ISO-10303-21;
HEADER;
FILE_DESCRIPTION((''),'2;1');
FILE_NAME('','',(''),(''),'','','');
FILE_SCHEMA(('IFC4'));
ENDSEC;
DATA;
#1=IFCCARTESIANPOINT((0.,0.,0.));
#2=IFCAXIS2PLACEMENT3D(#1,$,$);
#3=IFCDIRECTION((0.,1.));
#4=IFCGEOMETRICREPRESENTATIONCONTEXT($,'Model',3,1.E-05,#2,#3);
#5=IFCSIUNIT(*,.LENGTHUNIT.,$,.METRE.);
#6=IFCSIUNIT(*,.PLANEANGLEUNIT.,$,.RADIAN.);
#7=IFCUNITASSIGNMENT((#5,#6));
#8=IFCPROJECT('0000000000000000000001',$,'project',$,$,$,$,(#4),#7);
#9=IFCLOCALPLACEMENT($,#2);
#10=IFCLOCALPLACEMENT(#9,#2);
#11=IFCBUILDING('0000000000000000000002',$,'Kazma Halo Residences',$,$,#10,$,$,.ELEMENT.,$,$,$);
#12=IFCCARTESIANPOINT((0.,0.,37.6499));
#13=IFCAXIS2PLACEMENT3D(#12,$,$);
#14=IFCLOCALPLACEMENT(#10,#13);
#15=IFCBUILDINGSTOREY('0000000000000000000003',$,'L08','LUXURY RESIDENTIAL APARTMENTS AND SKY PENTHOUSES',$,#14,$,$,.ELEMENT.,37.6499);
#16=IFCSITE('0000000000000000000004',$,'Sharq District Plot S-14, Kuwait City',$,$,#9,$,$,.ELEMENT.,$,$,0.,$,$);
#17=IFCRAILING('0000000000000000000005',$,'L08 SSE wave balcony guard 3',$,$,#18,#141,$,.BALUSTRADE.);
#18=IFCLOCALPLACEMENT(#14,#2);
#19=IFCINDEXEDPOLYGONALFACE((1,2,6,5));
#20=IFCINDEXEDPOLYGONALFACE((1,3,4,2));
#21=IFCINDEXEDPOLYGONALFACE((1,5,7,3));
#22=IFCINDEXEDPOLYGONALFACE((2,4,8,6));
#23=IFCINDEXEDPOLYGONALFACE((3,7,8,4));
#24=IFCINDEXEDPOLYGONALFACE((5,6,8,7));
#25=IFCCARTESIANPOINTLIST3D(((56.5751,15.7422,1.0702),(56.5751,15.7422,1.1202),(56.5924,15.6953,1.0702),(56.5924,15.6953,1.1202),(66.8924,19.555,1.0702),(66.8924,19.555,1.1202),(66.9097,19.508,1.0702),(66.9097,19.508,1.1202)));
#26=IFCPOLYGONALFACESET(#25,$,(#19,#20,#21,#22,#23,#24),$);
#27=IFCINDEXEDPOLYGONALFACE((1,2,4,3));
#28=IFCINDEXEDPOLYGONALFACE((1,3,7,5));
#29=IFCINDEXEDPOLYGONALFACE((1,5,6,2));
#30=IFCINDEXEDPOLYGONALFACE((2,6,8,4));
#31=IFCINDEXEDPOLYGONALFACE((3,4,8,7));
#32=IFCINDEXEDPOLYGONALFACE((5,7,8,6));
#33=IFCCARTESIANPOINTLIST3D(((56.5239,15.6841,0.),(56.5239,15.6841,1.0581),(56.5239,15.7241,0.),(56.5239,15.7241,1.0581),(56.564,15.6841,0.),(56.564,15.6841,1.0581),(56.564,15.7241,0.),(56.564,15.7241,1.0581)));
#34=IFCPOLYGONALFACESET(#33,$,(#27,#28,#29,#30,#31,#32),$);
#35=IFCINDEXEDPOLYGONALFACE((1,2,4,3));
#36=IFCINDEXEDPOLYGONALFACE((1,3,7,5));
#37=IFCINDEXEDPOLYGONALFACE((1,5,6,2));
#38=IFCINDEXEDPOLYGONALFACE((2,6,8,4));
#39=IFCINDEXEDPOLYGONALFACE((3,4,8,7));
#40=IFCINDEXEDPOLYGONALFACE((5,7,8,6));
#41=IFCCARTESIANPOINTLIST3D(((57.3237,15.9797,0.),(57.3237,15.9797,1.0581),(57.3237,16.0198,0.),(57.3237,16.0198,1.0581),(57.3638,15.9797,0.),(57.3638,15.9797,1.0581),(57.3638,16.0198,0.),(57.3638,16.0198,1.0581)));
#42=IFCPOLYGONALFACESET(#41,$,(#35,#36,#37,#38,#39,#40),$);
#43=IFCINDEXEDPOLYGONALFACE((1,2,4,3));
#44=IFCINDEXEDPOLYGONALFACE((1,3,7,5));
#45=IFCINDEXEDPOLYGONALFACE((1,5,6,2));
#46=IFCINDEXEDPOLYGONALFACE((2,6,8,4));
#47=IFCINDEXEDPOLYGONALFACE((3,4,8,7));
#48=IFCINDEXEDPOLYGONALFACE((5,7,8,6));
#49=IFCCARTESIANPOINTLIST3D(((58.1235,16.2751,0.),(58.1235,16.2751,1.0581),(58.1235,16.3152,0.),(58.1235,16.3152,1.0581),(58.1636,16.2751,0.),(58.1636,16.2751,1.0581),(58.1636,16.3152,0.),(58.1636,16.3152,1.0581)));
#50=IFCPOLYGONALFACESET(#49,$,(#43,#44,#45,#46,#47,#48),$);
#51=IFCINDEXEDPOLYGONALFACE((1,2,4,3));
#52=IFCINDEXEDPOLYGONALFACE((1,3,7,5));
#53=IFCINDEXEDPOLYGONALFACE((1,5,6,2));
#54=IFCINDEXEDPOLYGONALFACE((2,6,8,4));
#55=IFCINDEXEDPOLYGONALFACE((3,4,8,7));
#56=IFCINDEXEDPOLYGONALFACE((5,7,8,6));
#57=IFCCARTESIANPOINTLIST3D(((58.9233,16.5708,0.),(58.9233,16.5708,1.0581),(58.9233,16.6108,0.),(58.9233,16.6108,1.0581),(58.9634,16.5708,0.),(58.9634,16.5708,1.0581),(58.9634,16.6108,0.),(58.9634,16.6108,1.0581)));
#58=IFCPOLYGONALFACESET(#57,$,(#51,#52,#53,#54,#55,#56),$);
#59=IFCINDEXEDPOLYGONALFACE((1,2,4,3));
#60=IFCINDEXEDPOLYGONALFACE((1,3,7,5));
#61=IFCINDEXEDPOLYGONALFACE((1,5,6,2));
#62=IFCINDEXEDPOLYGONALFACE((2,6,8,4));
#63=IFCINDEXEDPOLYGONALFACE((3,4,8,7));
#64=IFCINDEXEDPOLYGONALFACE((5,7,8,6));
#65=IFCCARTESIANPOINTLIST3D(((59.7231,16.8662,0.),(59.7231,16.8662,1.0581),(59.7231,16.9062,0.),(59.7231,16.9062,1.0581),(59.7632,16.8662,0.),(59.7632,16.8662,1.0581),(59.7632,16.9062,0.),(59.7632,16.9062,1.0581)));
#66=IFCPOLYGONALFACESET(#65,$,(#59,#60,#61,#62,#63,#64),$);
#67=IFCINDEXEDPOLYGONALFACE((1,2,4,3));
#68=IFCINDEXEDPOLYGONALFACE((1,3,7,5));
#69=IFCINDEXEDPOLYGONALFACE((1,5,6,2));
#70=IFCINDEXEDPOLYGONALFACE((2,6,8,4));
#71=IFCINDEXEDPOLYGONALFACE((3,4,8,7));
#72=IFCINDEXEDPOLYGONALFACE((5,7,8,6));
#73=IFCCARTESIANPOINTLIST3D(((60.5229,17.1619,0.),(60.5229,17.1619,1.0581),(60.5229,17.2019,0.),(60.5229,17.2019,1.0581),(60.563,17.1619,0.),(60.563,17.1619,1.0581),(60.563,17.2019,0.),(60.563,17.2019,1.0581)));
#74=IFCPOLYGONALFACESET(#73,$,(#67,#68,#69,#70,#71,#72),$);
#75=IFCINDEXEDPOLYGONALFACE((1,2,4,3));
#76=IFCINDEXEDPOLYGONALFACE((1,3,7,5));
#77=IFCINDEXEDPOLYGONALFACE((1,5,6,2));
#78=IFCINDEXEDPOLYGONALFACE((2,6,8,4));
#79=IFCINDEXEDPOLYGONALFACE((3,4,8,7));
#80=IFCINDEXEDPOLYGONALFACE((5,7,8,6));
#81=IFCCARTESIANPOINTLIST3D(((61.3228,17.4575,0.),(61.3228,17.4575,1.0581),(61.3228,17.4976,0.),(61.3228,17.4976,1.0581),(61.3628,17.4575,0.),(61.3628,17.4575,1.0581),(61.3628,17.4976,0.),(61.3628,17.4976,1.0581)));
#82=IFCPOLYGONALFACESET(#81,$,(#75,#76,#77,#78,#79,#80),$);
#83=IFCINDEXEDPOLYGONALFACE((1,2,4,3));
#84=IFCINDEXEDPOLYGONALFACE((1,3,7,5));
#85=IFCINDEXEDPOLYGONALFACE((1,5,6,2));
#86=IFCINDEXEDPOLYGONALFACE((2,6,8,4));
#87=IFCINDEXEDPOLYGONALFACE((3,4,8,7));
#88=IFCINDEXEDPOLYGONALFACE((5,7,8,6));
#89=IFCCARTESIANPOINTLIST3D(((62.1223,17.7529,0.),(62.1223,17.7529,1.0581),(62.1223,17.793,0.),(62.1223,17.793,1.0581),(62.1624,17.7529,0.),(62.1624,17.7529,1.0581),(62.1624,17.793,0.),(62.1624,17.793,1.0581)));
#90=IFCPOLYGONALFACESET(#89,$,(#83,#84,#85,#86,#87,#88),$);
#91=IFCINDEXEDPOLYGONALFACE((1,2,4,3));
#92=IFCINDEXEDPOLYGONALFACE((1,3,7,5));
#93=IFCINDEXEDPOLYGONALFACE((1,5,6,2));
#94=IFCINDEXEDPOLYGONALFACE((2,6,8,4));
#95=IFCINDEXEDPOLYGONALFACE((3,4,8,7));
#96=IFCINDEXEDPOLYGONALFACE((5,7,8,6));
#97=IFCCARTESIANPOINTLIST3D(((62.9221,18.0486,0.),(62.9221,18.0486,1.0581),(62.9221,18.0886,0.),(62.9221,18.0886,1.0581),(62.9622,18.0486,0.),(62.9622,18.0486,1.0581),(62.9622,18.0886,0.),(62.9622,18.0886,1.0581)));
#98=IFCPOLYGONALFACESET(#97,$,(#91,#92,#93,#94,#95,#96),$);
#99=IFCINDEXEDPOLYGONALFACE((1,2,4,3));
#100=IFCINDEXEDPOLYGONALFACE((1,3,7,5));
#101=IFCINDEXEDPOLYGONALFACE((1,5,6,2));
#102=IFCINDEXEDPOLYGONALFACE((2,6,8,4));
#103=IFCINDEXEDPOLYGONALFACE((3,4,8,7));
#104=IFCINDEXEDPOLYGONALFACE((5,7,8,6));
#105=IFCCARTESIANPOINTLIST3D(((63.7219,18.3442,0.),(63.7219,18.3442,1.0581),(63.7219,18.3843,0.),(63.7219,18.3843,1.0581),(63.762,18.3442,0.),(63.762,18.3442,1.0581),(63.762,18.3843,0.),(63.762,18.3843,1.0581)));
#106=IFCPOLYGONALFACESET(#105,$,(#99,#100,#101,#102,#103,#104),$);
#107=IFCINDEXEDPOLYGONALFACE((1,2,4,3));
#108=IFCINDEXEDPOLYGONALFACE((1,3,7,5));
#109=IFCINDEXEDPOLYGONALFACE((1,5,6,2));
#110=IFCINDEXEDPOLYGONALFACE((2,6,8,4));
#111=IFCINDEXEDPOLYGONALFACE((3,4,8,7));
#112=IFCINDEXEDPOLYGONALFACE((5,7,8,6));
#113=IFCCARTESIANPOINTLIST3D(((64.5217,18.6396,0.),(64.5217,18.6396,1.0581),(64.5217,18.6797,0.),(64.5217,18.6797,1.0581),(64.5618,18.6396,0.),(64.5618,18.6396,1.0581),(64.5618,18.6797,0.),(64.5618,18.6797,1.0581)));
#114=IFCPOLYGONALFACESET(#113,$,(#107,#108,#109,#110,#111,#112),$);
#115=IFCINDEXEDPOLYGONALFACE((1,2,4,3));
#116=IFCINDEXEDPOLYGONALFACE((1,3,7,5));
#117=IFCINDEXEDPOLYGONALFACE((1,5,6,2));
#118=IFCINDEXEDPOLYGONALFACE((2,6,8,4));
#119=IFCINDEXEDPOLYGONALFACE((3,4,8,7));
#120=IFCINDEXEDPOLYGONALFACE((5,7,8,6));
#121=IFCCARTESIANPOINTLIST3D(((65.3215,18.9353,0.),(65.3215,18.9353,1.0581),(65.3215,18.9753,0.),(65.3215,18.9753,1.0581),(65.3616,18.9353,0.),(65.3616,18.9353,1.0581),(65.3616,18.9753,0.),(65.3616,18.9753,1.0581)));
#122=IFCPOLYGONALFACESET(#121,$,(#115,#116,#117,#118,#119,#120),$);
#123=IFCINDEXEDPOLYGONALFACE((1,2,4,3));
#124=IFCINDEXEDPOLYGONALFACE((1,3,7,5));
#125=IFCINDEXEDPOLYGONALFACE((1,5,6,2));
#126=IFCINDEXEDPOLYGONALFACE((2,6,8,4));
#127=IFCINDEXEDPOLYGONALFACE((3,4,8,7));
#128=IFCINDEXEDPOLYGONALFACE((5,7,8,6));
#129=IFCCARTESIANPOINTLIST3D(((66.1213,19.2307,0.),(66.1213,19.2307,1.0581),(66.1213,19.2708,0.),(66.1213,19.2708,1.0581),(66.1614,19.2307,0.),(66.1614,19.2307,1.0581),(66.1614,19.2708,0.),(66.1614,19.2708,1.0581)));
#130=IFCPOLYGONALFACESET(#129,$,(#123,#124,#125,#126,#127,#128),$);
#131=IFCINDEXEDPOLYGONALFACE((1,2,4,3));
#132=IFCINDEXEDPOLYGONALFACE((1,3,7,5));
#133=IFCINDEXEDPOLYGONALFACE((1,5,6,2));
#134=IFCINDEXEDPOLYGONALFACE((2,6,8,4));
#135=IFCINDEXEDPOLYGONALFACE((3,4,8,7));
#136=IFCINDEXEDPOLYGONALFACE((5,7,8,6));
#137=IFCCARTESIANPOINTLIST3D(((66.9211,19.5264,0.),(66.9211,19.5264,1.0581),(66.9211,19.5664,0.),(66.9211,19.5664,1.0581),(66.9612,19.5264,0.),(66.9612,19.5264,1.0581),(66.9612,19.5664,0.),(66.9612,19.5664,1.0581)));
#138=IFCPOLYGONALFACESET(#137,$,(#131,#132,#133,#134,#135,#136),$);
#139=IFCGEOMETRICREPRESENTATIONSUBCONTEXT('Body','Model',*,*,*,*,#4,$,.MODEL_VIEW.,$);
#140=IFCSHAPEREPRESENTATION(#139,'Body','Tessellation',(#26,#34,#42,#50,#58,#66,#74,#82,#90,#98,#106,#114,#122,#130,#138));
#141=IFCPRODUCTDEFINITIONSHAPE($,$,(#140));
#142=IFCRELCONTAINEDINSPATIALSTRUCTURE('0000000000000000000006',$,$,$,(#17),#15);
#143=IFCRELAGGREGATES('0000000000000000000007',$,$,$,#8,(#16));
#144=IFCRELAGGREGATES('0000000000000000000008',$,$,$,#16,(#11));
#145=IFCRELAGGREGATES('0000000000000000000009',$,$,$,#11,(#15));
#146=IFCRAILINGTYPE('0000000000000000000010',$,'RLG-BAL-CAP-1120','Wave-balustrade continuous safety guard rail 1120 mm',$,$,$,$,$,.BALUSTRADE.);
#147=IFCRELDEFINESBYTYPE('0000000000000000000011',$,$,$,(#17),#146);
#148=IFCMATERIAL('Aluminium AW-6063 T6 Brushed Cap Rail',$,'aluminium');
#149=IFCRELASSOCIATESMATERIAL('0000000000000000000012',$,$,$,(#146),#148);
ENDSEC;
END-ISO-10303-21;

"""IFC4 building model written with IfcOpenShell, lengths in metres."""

from ifc_helpers import new_model, si_unit, direction, frame, origin, origin_2d, place, context, subcontext, project, spatial, rectangle, extrude, material, type_object, element, save


model = new_model("IFC4")

# Units and contexts
model_context = context("Model", 3, precision=1e-05, world=origin(), true_north=direction((0.0, 1.0)))
body_context = subcontext(model_context, "Body", "Model", "MODEL_VIEW")
ifc_project = project(units=[si_unit("LENGTHUNIT", "METRE"), si_unit("PLANEANGLEUNIT", "RADIAN")], contexts=[model_context])

# Site, building, storey
site_placement = place(None, origin())
site = spatial("IfcSite", under=ifc_project, at=site_placement, Name="Sharq District Plot S-14, Kuwait City", CompositionType="ELEMENT", RefElevation=0.0)
building_placement = place(site_placement, origin())
building = spatial("IfcBuilding", under=site, at=building_placement, Name="Kazma Halo Residences", CompositionType="ELEMENT")
storey_placement = place(building_placement, frame((0.0, 0.0, 37.6499)))
storey = spatial("IfcBuildingStorey", under=building, at=storey_placement, Name="L08", Description="LUXURY RESIDENTIAL APARTMENTS AND SKY PENTHOUSES", CompositionType="ELEMENT", Elevation=37.6499)

# Railing
ifc_material_1 = material(Name="Aluminium AW-6063 T6 Brushed Cap Rail", Category="aluminium")
railing_type = type_object("IfcRailingType", Name="RLG-BAL-CAP-1120", Description="Wave-balustrade continuous safety guard rail 1120 mm", PredefinedType="BALUSTRADE", material=ifc_material_1)
railing_placement = place(storey_placement, frame((56.5439, 15.7041, 0.0)))
element("IfcRailing", 1, at=railing_placement, inside=storey, type_object=railing_type, Name="L08 SSE wave balcony guard 3", PredefinedType="BALUSTRADE", context=body_context, shape_type="SweptSolid", body=[
    extrude(rectangle(XDim=0.05, YDim=0.05, at=origin_2d()), frame((0.0398, 0.0146, 1.0952), z_axis=(0.937999, 0.346637, 0.0), x_axis=(-0.346637, 0.937999, 0.0)), (0.0, 0.0, 1.0), 10.9993),
    extrude(rectangle(XDim=0.04, YDim=0.04, at=origin_2d()), origin(), (0.0, 0.0, 1.0), 1.0581),
    extrude(rectangle(XDim=0.04, YDim=0.04, at=origin_2d()), frame((0.7998, 0.2957, 0.0)), (0.0, 0.0, 1.0), 1.0581),
    extrude(rectangle(XDim=0.04, YDim=0.04, at=origin_2d()), frame((1.5996, 0.5911, 0.0)), (0.0, 0.0, 1.0), 1.0581),
    extrude(rectangle(XDim=0.04, YDim=0.04, at=origin_2d()), frame((2.3994, 0.8867, 0.0)), (0.0, 0.0, 1.0), 1.0581),
    extrude(rectangle(XDim=0.04, YDim=0.04, at=origin_2d()), frame((3.1992, 1.1821, 0.0)), (0.0, 0.0, 1.0), 1.0581),
    extrude(rectangle(XDim=0.04, YDim=0.04, at=origin_2d()), frame((3.999, 1.4778, 0.0)), (0.0, 0.0, 1.0), 1.0581),
    extrude(rectangle(XDim=0.04, YDim=0.04, at=origin_2d()), frame((4.7988, 1.7734, 0.0)), (0.0, 0.0, 1.0), 1.0581),
    extrude(rectangle(XDim=0.04, YDim=0.04, at=origin_2d()), frame((5.5984, 2.0688, 0.0)), (0.0, 0.0, 1.0), 1.0581),
    extrude(rectangle(XDim=0.04, YDim=0.04, at=origin_2d()), frame((6.3982, 2.3645, 0.0)), (0.0, 0.0, 1.0), 1.0581),
    extrude(rectangle(XDim=0.04, YDim=0.04, at=origin_2d()), frame((7.198, 2.6602, 0.0)), (0.0, 0.0, 1.0), 1.0581),
    extrude(rectangle(XDim=0.04, YDim=0.04, at=origin_2d()), frame((7.9978, 2.9556, 0.0)), (0.0, 0.0, 1.0), 1.0581),
    extrude(rectangle(XDim=0.04, YDim=0.04, at=origin_2d()), frame((8.7976, 3.2512, 0.0)), (0.0, 0.0, 1.0), 1.0581),
    extrude(rectangle(XDim=0.04, YDim=0.04, at=origin_2d()), frame((9.5974, 3.5466, 0.0)), (0.0, 0.0, 1.0), 1.0581),
    extrude(rectangle(XDim=0.04, YDim=0.04, at=origin_2d()), frame((10.3972, 3.8423, 0.0)), (0.0, 0.0, 1.0), 1.0581),
])

save(model, "model.ifc")
